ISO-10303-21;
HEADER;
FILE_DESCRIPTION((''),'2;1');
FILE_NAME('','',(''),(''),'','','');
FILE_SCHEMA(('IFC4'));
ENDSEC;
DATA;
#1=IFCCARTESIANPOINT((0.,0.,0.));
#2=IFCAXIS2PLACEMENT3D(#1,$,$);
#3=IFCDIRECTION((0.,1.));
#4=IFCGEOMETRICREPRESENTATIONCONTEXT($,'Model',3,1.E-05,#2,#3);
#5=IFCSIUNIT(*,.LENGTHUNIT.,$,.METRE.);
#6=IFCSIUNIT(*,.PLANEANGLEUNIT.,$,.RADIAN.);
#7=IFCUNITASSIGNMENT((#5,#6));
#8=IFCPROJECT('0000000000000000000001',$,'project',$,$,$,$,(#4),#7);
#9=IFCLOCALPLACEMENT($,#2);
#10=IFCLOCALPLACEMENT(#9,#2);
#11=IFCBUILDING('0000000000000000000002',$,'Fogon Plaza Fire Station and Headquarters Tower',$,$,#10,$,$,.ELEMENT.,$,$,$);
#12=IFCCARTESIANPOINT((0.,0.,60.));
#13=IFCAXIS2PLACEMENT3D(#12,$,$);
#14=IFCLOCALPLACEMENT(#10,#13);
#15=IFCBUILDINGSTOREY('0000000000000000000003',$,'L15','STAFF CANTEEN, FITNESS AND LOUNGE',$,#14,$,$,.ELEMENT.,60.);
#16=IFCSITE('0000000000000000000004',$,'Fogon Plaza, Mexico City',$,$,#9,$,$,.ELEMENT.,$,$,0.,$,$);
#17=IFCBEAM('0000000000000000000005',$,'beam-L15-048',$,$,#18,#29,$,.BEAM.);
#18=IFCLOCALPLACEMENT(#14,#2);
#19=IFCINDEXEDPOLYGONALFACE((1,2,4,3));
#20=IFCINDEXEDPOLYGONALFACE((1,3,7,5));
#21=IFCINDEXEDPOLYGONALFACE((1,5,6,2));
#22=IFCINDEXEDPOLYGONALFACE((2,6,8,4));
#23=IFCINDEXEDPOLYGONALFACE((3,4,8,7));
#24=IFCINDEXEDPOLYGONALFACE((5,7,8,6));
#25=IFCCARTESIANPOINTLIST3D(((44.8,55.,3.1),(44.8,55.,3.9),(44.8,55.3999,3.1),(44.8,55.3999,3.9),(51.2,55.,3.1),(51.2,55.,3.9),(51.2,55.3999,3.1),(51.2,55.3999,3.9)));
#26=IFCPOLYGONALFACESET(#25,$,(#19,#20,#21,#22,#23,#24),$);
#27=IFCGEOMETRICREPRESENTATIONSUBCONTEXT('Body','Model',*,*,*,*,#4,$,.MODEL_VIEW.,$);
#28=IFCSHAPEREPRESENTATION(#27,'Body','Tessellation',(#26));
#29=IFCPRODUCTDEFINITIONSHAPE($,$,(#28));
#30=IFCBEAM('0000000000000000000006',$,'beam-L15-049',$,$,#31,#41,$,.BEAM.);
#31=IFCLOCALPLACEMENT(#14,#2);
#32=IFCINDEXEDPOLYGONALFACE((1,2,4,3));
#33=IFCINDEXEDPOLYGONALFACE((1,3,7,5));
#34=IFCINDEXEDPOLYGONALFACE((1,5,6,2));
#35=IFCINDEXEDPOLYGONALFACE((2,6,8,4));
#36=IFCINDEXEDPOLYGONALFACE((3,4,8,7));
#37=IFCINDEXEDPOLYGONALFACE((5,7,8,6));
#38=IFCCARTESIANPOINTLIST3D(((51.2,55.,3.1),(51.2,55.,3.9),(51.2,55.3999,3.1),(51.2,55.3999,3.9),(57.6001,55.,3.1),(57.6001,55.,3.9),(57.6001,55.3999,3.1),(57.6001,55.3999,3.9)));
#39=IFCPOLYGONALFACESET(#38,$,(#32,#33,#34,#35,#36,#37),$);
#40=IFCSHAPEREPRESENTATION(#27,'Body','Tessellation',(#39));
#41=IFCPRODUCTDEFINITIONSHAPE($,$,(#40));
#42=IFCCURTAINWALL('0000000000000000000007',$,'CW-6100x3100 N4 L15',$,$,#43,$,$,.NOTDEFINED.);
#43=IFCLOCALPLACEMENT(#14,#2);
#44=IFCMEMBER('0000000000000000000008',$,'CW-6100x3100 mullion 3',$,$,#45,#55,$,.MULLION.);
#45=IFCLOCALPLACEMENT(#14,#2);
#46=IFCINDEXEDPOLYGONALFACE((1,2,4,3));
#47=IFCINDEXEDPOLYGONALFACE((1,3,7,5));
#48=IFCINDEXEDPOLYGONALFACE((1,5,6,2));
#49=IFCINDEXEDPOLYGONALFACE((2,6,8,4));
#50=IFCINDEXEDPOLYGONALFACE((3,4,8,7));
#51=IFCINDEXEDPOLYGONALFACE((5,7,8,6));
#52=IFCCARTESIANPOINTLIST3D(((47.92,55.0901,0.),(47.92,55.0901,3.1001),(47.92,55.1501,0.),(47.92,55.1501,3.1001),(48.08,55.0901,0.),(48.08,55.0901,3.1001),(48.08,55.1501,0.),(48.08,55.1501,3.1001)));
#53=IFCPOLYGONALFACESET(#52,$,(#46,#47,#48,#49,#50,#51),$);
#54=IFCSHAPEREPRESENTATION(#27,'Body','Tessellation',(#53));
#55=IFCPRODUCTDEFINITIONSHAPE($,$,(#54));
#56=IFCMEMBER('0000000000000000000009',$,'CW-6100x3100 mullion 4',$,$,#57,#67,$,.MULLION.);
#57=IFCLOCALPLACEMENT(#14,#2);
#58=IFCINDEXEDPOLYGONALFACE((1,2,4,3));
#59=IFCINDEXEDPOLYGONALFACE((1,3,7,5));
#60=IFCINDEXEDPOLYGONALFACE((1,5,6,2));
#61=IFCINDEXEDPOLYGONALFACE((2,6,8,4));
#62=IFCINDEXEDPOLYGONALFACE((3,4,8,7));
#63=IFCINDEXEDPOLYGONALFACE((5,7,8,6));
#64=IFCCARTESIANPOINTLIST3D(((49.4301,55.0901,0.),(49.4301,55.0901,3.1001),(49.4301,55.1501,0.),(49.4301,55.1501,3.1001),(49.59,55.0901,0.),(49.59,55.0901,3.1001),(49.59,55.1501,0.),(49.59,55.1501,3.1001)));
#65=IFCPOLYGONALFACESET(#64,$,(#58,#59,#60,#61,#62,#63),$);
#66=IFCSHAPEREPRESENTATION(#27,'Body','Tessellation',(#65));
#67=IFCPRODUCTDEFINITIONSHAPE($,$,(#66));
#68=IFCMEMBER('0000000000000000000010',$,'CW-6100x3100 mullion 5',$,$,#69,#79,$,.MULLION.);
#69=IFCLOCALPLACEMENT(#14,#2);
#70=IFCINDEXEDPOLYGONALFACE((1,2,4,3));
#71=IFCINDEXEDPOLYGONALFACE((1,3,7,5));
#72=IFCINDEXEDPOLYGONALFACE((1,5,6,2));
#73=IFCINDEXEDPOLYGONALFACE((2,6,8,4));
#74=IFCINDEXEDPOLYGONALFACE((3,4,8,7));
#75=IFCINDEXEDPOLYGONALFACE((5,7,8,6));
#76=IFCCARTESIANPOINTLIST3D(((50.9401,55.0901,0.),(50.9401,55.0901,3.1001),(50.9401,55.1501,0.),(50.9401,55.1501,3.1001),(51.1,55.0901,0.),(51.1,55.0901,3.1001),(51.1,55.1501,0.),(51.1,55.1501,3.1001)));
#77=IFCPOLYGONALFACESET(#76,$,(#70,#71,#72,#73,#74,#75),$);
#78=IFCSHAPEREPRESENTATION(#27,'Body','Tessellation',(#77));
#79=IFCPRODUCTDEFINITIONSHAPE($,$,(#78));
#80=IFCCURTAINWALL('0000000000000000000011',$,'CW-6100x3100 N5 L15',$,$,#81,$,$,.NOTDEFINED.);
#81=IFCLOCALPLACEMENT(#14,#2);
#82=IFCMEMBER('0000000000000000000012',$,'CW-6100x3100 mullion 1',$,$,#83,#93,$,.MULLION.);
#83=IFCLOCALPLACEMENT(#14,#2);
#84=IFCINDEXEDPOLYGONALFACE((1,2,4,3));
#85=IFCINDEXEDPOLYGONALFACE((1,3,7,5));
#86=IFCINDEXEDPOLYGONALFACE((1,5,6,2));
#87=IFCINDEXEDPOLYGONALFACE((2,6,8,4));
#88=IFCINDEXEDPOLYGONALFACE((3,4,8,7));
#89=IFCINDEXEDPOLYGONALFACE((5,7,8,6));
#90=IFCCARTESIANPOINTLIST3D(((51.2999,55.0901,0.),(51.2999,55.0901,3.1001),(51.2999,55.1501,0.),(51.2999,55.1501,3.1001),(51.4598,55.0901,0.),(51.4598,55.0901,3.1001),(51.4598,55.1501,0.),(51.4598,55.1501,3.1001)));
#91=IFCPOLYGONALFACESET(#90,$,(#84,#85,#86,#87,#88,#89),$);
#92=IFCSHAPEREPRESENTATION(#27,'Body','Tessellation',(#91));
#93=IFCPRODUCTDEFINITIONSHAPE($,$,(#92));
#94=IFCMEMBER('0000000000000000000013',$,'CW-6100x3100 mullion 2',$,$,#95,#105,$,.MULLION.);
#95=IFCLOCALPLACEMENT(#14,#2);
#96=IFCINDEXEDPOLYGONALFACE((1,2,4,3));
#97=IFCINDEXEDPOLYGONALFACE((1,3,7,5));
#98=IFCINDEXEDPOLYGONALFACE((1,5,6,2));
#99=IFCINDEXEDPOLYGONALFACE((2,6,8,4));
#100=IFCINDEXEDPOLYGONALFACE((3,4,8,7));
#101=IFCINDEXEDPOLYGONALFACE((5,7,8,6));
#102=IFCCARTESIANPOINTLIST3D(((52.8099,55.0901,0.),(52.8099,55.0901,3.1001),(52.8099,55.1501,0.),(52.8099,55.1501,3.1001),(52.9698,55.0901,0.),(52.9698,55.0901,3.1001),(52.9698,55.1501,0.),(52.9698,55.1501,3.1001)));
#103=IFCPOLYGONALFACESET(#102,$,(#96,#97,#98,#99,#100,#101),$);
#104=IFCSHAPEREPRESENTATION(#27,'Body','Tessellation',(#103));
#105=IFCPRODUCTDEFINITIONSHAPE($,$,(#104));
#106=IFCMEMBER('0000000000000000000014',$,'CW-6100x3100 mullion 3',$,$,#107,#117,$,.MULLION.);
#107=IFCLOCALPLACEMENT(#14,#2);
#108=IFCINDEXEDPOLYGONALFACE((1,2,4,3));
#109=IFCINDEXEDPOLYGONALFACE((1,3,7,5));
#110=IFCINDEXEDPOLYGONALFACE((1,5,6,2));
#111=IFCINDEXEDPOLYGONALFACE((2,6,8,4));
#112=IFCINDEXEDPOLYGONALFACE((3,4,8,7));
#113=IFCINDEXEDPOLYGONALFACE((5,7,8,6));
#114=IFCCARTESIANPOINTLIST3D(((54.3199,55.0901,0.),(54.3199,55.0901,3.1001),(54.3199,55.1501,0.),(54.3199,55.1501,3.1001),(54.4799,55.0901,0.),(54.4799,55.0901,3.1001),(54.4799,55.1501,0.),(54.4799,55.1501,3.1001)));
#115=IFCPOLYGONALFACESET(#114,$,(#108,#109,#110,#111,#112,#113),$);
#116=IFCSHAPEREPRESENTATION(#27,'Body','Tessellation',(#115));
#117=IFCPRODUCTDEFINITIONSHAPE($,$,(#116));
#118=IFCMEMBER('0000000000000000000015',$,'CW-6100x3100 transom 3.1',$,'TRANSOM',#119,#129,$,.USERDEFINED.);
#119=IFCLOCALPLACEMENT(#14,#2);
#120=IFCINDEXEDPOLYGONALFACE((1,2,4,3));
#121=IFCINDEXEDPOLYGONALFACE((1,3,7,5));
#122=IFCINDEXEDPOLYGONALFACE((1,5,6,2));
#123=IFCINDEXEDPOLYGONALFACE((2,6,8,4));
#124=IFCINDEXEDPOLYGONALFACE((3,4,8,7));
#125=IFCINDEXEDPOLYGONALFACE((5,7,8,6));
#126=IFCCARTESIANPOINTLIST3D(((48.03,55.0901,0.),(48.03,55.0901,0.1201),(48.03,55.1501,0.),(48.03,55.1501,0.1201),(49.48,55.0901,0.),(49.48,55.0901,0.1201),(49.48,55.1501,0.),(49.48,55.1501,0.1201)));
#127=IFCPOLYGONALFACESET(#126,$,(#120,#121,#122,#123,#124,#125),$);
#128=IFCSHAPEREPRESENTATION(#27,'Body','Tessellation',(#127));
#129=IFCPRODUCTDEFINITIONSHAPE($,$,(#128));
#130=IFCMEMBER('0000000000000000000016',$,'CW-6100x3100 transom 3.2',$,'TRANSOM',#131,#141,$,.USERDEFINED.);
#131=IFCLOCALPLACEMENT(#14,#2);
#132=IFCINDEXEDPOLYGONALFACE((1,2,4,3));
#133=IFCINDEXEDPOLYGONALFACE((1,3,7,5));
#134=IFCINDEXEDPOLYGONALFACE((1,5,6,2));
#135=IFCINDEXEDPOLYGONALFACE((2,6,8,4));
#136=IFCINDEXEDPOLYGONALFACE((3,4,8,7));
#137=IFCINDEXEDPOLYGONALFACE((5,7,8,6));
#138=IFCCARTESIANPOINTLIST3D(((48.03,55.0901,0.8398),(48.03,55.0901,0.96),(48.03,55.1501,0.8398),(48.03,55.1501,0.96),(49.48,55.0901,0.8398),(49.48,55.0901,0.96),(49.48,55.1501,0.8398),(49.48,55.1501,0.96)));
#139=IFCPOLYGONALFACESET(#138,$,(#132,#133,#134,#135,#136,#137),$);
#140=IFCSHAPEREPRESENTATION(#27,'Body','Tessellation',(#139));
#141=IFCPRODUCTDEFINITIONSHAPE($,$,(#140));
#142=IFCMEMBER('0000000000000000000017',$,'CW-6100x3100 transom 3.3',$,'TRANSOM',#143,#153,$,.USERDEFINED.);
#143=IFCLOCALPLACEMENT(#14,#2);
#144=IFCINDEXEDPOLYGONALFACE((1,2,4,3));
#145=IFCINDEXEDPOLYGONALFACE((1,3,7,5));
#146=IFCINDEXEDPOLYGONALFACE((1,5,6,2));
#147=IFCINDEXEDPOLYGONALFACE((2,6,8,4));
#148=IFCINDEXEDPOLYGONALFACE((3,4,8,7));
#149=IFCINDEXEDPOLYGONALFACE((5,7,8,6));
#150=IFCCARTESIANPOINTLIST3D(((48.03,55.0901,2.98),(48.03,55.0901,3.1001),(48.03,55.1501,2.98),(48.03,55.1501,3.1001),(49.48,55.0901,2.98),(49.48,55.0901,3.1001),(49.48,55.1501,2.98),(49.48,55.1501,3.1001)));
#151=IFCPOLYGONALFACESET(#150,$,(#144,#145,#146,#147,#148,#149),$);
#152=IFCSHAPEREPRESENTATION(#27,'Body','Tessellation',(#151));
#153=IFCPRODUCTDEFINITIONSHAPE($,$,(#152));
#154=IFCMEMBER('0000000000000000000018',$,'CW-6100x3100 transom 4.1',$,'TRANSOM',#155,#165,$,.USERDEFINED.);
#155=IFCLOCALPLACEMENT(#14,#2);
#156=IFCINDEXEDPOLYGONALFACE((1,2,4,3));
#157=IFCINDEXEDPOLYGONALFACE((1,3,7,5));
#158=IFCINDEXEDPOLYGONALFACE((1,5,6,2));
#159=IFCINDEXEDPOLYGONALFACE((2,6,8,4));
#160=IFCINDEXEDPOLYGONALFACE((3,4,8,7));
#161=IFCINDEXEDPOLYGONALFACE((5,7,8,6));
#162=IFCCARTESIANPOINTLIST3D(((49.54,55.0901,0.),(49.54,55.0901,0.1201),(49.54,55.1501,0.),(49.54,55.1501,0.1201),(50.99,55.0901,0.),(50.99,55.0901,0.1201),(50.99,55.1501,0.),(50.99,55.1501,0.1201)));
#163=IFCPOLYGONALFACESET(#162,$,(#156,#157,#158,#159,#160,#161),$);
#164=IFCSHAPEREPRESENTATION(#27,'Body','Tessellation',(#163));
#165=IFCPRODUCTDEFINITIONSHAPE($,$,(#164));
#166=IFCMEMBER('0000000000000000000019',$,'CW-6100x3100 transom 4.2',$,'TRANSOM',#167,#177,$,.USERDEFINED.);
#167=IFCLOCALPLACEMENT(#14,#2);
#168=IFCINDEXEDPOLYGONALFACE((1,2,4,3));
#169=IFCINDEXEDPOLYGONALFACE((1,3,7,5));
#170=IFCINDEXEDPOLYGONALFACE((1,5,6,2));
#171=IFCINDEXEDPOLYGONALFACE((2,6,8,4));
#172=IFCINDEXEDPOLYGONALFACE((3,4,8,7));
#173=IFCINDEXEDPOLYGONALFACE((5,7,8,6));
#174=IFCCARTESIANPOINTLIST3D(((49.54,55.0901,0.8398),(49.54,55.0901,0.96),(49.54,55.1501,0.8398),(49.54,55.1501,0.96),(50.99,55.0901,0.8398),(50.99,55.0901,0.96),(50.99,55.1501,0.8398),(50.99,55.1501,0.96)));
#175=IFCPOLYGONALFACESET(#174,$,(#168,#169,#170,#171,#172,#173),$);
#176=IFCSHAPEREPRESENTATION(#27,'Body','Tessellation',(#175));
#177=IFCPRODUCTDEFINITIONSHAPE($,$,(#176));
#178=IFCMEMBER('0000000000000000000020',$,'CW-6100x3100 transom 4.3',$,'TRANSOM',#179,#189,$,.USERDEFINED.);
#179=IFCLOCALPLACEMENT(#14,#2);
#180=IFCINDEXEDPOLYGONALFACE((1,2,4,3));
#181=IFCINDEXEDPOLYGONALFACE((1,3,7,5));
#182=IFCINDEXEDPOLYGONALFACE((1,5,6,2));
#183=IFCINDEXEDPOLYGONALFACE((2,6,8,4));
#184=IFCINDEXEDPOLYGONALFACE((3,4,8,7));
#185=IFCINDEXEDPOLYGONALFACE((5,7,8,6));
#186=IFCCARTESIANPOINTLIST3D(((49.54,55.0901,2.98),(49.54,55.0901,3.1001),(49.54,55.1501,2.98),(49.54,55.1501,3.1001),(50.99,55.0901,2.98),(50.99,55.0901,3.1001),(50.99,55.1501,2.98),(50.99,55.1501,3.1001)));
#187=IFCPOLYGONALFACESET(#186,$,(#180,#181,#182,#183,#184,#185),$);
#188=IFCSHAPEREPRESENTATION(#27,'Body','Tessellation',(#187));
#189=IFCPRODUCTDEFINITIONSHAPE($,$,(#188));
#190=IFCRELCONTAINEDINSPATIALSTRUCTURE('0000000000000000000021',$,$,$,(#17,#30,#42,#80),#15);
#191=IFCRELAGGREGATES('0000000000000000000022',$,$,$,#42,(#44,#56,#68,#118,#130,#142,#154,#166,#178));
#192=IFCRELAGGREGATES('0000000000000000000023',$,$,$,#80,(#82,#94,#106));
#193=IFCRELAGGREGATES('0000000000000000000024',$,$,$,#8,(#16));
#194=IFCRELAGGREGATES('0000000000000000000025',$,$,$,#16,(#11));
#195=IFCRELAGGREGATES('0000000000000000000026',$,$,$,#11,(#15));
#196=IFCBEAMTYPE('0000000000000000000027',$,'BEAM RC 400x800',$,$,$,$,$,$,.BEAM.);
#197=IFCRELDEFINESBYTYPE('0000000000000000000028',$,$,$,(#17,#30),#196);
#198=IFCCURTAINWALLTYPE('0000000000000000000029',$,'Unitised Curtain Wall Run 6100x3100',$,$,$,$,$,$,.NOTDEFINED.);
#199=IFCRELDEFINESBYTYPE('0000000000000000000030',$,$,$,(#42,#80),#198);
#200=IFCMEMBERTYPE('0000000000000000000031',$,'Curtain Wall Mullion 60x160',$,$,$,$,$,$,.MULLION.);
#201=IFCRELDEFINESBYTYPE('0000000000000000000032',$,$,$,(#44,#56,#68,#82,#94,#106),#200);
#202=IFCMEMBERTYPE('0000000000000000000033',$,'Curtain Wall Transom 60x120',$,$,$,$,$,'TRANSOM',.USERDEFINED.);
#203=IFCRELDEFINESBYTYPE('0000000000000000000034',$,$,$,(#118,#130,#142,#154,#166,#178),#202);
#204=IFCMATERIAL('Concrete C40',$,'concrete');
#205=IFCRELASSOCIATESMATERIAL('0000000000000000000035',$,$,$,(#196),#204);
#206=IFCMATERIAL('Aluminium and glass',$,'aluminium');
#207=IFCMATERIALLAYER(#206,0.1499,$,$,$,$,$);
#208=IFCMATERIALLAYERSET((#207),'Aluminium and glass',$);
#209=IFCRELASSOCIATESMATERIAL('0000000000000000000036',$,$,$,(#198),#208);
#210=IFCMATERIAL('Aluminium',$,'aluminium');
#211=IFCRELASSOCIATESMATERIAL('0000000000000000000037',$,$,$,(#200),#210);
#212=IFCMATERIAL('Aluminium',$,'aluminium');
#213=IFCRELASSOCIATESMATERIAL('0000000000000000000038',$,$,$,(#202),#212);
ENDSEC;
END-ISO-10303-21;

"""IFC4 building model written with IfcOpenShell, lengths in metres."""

from ifc_helpers import new_model, si_unit, direction, frame, origin, origin_2d, place, context, subcontext, project, spatial, rectangle, extrude, material, layer, layer_set, material_profile, profile_set, type_object, element, aggregate, save


model = new_model("IFC4")

# Units and contexts
model_context = context("Model", 3, precision=1e-05, world=origin(), true_north=direction((0.0, 1.0)))
body_context = subcontext(model_context, "Body", "Model", "MODEL_VIEW")
ifc_project = project(units=[si_unit("LENGTHUNIT", "METRE"), si_unit("PLANEANGLEUNIT", "RADIAN")], contexts=[model_context])

# Site, building, storey
site_placement = place(None, origin())
site = spatial("IfcSite", under=ifc_project, at=site_placement, Name="Fogon Plaza, Mexico City", CompositionType="ELEMENT", RefElevation=0.0)
building_placement = place(site_placement, origin())
building = spatial("IfcBuilding", under=site, at=building_placement, Name="Fogon Plaza Fire Station and Headquarters Tower", CompositionType="ELEMENT")
storey_placement = place(building_placement, frame((0.0, 0.0, 60.0)))
storey = spatial("IfcBuildingStorey", under=building, at=storey_placement, Name="L15", Description="STAFF CANTEEN, FITNESS AND LOUNGE", CompositionType="ELEMENT", Elevation=60.0)

# Beams
ifc_material_1 = material(Name="Concrete C40", Category="concrete")
ifc_material_profile_1 = material_profile(ifc_material_1, rectangle(XDim=0.3999, YDim=0.8, at=origin_2d()), Name="RC 400x800")
ifc_profile_set_1 = profile_set([ifc_material_profile_1], Name="Concrete C40")
beam_type = type_object("IfcBeamType", Name="BEAM RC 400x800", PredefinedType="BEAM", material=ifc_profile_set_1)
beam_1_placement = place(storey_placement, frame((44.8, 55.2, 3.5), z_axis=(1.0, 0.0, 0.0), x_axis=(0.0, 1.0, 0.0)))
element("IfcBeam", 1, at=beam_1_placement, inside=storey, type_object=beam_type, Name="beam-L15-048", PredefinedType="BEAM", context=body_context, shape_type="SweptSolid", body=[
    extrude(rectangle(XDim=0.3999, YDim=0.8, at=origin_2d()), origin(), (0.0, 0.0, 1.0), 6.3999),
])
beam_2_placement = place(storey_placement, frame((51.2, 55.2, 3.5), z_axis=(1.0, 0.0, 0.0), x_axis=(0.0, 1.0, 0.0)))
element("IfcBeam", 2, at=beam_2_placement, inside=storey, type_object=beam_type, Name="beam-L15-049", PredefinedType="BEAM", context=body_context, shape_type="SweptSolid", body=[
    extrude(rectangle(XDim=0.3999, YDim=0.8, at=origin_2d()), origin(), (0.0, 0.0, 1.0), 6.4001),
])

# Curtain walls, members
ifc_material_2 = material(Name="Aluminium and glass", Category="aluminium")
ifc_layer_1 = layer(ifc_material_2, 0.1499)
ifc_layer_set_1 = layer_set([ifc_layer_1], Name="Aluminium and glass")
curtain_wall_type = type_object("IfcCurtainWallType", Name="Unitised Curtain Wall Run 6100x3100", PredefinedType="NOTDEFINED", material=ifc_layer_set_1)
curtain_wall_1_placement = place(storey_placement, origin())
curtain_wall_1 = element("IfcCurtainWall", 3, at=curtain_wall_1_placement, inside=storey, type_object=curtain_wall_type, Name="CW-6100x3100 N4 L15", PredefinedType="NOTDEFINED")
ifc_material_3 = material(Name="Aluminium", Category="aluminium")
ifc_material_profile_2 = material_profile(ifc_material_3, rectangle(XDim=0.0601, YDim=0.1599, at=origin_2d()), Name="Curtain Wall Mullion 60x160")
ifc_profile_set_2 = profile_set([ifc_material_profile_2], Name="Aluminium")
member_type_1 = type_object("IfcMemberType", Name="Curtain Wall Mullion 60x160", PredefinedType="MULLION", material=ifc_profile_set_2)
member_1_placement = place(storey_placement, frame((48.0, 55.1201, 0.0), z_axis=(0.0, 0.0, 1.0), x_axis=(0.0, 1.0, 0.0)))
member_1 = element("IfcMember", 4, at=member_1_placement, type_object=member_type_1, Name="CW-6100x3100 mullion 3", PredefinedType="MULLION", context=body_context, shape_type="SweptSolid", body=[
    extrude(rectangle(XDim=0.0601, YDim=0.1599, at=origin_2d()), origin(), (0.0, 0.0, 1.0), 3.1001),
])
member_2_placement = place(storey_placement, frame((49.51, 55.1201, 0.0), z_axis=(0.0, 0.0, 1.0), x_axis=(0.0, 1.0, 0.0)))
member_2 = element("IfcMember", 5, at=member_2_placement, type_object=member_type_1, Name="CW-6100x3100 mullion 4", PredefinedType="MULLION", context=body_context, shape_type="SweptSolid", body=[
    extrude(rectangle(XDim=0.0601, YDim=0.1599, at=origin_2d()), origin(), (0.0, 0.0, 1.0), 3.1001),
])
member_3_placement = place(storey_placement, frame((51.02, 55.1201, 0.0), z_axis=(0.0, 0.0, 1.0), x_axis=(0.0, 1.0, 0.0)))
member_3 = element("IfcMember", 6, at=member_3_placement, type_object=member_type_1, Name="CW-6100x3100 mullion 5", PredefinedType="MULLION", context=body_context, shape_type="SweptSolid", body=[
    extrude(rectangle(XDim=0.0601, YDim=0.1599, at=origin_2d()), origin(), (0.0, 0.0, 1.0), 3.1001),
])
curtain_wall_2_placement = place(storey_placement, origin())
curtain_wall_2 = element("IfcCurtainWall", 7, at=curtain_wall_2_placement, inside=storey, type_object=curtain_wall_type, Name="CW-6100x3100 N5 L15", PredefinedType="NOTDEFINED")
member_4_placement = place(storey_placement, frame((51.3799, 55.1201, 0.0), z_axis=(0.0, 0.0, 1.0), x_axis=(0.0, 1.0, 0.0)))
member_4 = element("IfcMember", 8, at=member_4_placement, type_object=member_type_1, Name="CW-6100x3100 mullion 1", PredefinedType="MULLION", context=body_context, shape_type="SweptSolid", body=[
    extrude(rectangle(XDim=0.0601, YDim=0.1599, at=origin_2d()), origin(), (0.0, 0.0, 1.0), 3.1001),
])
member_5_placement = place(storey_placement, frame((52.8899, 55.1201, 0.0), z_axis=(0.0, 0.0, 1.0), x_axis=(0.0, 1.0, 0.0)))
member_5 = element("IfcMember", 9, at=member_5_placement, type_object=member_type_1, Name="CW-6100x3100 mullion 2", PredefinedType="MULLION", context=body_context, shape_type="SweptSolid", body=[
    extrude(rectangle(XDim=0.0601, YDim=0.1599, at=origin_2d()), origin(), (0.0, 0.0, 1.0), 3.1001),
])
member_6_placement = place(storey_placement, frame((54.3999, 55.1201, 0.0), z_axis=(0.0, 0.0, 1.0), x_axis=(0.0, 1.0, 0.0)))
member_6 = element("IfcMember", 10, at=member_6_placement, type_object=member_type_1, Name="CW-6100x3100 mullion 3", PredefinedType="MULLION", context=body_context, shape_type="SweptSolid", body=[
    extrude(rectangle(XDim=0.0601, YDim=0.1599, at=origin_2d()), origin(), (0.0, 0.0, 1.0), 3.1001),
])

# Members
ifc_material_4 = material(Name="Aluminium", Category="aluminium")
ifc_material_profile_3 = material_profile(ifc_material_4, rectangle(XDim=0.0601, YDim=0.1201, at=origin_2d()), Name="Curtain Wall Transom 60x120")
ifc_profile_set_3 = profile_set([ifc_material_profile_3], Name="Aluminium")
member_type_2 = type_object("IfcMemberType", Name="Curtain Wall Transom 60x120", ElementType="TRANSOM", PredefinedType="USERDEFINED", material=ifc_profile_set_3)
member_7_placement = place(storey_placement, frame((48.03, 55.1201, 0.0601), z_axis=(1.0, 0.0, 0.0), x_axis=(0.0, 1.0, 0.0)))
member_7 = element("IfcMember", 11, at=member_7_placement, type_object=member_type_2, Name="CW-6100x3100 transom 3.1", ObjectType="TRANSOM", PredefinedType="USERDEFINED", context=body_context, shape_type="SweptSolid", body=[
    extrude(rectangle(XDim=0.0601, YDim=0.1201, at=origin_2d()), origin(), (0.0, 0.0, 1.0), 1.45),
])
member_8_placement = place(storey_placement, frame((48.03, 55.1201, 0.8999), z_axis=(1.0, 0.0, 0.0), x_axis=(0.0, 1.0, 0.0)))
member_8 = element("IfcMember", 12, at=member_8_placement, type_object=member_type_2, Name="CW-6100x3100 transom 3.2", ObjectType="TRANSOM", PredefinedType="USERDEFINED", context=body_context, shape_type="SweptSolid", body=[
    extrude(rectangle(XDim=0.0601, YDim=0.1201, at=origin_2d()), origin(), (0.0, 0.0, 1.0), 1.45),
])
member_9_placement = place(storey_placement, frame((48.03, 55.1201, 3.04), z_axis=(1.0, 0.0, 0.0), x_axis=(0.0, 1.0, 0.0)))
member_9 = element("IfcMember", 13, at=member_9_placement, type_object=member_type_2, Name="CW-6100x3100 transom 3.3", ObjectType="TRANSOM", PredefinedType="USERDEFINED", context=body_context, shape_type="SweptSolid", body=[
    extrude(rectangle(XDim=0.0601, YDim=0.1201, at=origin_2d()), origin(), (0.0, 0.0, 1.0), 1.45),
])
member_10_placement = place(storey_placement, frame((49.54, 55.1201, 0.0601), z_axis=(1.0, 0.0, 0.0), x_axis=(0.0, 1.0, 0.0)))
member_10 = element("IfcMember", 14, at=member_10_placement, type_object=member_type_2, Name="CW-6100x3100 transom 4.1", ObjectType="TRANSOM", PredefinedType="USERDEFINED", context=body_context, shape_type="SweptSolid", body=[
    extrude(rectangle(XDim=0.0601, YDim=0.1201, at=origin_2d()), origin(), (0.0, 0.0, 1.0), 1.45),
])
member_11_placement = place(storey_placement, frame((49.54, 55.1201, 0.8999), z_axis=(1.0, 0.0, 0.0), x_axis=(0.0, 1.0, 0.0)))
member_11 = element("IfcMember", 15, at=member_11_placement, type_object=member_type_2, Name="CW-6100x3100 transom 4.2", ObjectType="TRANSOM", PredefinedType="USERDEFINED", context=body_context, shape_type="SweptSolid", body=[
    extrude(rectangle(XDim=0.0601, YDim=0.1201, at=origin_2d()), origin(), (0.0, 0.0, 1.0), 1.45),
])
member_12_placement = place(storey_placement, frame((49.54, 55.1201, 3.04), z_axis=(1.0, 0.0, 0.0), x_axis=(0.0, 1.0, 0.0)))
member_12 = element("IfcMember", 16, at=member_12_placement, type_object=member_type_2, Name="CW-6100x3100 transom 4.3", ObjectType="TRANSOM", PredefinedType="USERDEFINED", context=body_context, shape_type="SweptSolid", body=[
    extrude(rectangle(XDim=0.0601, YDim=0.1201, at=origin_2d()), origin(), (0.0, 0.0, 1.0), 1.45),
])

aggregate(curtain_wall_1, [member_1, member_2, member_3, member_7, member_8, member_9, member_10, member_11, member_12])
aggregate(curtain_wall_2, [member_4, member_5, member_6])

save(model, "model.ifc")
